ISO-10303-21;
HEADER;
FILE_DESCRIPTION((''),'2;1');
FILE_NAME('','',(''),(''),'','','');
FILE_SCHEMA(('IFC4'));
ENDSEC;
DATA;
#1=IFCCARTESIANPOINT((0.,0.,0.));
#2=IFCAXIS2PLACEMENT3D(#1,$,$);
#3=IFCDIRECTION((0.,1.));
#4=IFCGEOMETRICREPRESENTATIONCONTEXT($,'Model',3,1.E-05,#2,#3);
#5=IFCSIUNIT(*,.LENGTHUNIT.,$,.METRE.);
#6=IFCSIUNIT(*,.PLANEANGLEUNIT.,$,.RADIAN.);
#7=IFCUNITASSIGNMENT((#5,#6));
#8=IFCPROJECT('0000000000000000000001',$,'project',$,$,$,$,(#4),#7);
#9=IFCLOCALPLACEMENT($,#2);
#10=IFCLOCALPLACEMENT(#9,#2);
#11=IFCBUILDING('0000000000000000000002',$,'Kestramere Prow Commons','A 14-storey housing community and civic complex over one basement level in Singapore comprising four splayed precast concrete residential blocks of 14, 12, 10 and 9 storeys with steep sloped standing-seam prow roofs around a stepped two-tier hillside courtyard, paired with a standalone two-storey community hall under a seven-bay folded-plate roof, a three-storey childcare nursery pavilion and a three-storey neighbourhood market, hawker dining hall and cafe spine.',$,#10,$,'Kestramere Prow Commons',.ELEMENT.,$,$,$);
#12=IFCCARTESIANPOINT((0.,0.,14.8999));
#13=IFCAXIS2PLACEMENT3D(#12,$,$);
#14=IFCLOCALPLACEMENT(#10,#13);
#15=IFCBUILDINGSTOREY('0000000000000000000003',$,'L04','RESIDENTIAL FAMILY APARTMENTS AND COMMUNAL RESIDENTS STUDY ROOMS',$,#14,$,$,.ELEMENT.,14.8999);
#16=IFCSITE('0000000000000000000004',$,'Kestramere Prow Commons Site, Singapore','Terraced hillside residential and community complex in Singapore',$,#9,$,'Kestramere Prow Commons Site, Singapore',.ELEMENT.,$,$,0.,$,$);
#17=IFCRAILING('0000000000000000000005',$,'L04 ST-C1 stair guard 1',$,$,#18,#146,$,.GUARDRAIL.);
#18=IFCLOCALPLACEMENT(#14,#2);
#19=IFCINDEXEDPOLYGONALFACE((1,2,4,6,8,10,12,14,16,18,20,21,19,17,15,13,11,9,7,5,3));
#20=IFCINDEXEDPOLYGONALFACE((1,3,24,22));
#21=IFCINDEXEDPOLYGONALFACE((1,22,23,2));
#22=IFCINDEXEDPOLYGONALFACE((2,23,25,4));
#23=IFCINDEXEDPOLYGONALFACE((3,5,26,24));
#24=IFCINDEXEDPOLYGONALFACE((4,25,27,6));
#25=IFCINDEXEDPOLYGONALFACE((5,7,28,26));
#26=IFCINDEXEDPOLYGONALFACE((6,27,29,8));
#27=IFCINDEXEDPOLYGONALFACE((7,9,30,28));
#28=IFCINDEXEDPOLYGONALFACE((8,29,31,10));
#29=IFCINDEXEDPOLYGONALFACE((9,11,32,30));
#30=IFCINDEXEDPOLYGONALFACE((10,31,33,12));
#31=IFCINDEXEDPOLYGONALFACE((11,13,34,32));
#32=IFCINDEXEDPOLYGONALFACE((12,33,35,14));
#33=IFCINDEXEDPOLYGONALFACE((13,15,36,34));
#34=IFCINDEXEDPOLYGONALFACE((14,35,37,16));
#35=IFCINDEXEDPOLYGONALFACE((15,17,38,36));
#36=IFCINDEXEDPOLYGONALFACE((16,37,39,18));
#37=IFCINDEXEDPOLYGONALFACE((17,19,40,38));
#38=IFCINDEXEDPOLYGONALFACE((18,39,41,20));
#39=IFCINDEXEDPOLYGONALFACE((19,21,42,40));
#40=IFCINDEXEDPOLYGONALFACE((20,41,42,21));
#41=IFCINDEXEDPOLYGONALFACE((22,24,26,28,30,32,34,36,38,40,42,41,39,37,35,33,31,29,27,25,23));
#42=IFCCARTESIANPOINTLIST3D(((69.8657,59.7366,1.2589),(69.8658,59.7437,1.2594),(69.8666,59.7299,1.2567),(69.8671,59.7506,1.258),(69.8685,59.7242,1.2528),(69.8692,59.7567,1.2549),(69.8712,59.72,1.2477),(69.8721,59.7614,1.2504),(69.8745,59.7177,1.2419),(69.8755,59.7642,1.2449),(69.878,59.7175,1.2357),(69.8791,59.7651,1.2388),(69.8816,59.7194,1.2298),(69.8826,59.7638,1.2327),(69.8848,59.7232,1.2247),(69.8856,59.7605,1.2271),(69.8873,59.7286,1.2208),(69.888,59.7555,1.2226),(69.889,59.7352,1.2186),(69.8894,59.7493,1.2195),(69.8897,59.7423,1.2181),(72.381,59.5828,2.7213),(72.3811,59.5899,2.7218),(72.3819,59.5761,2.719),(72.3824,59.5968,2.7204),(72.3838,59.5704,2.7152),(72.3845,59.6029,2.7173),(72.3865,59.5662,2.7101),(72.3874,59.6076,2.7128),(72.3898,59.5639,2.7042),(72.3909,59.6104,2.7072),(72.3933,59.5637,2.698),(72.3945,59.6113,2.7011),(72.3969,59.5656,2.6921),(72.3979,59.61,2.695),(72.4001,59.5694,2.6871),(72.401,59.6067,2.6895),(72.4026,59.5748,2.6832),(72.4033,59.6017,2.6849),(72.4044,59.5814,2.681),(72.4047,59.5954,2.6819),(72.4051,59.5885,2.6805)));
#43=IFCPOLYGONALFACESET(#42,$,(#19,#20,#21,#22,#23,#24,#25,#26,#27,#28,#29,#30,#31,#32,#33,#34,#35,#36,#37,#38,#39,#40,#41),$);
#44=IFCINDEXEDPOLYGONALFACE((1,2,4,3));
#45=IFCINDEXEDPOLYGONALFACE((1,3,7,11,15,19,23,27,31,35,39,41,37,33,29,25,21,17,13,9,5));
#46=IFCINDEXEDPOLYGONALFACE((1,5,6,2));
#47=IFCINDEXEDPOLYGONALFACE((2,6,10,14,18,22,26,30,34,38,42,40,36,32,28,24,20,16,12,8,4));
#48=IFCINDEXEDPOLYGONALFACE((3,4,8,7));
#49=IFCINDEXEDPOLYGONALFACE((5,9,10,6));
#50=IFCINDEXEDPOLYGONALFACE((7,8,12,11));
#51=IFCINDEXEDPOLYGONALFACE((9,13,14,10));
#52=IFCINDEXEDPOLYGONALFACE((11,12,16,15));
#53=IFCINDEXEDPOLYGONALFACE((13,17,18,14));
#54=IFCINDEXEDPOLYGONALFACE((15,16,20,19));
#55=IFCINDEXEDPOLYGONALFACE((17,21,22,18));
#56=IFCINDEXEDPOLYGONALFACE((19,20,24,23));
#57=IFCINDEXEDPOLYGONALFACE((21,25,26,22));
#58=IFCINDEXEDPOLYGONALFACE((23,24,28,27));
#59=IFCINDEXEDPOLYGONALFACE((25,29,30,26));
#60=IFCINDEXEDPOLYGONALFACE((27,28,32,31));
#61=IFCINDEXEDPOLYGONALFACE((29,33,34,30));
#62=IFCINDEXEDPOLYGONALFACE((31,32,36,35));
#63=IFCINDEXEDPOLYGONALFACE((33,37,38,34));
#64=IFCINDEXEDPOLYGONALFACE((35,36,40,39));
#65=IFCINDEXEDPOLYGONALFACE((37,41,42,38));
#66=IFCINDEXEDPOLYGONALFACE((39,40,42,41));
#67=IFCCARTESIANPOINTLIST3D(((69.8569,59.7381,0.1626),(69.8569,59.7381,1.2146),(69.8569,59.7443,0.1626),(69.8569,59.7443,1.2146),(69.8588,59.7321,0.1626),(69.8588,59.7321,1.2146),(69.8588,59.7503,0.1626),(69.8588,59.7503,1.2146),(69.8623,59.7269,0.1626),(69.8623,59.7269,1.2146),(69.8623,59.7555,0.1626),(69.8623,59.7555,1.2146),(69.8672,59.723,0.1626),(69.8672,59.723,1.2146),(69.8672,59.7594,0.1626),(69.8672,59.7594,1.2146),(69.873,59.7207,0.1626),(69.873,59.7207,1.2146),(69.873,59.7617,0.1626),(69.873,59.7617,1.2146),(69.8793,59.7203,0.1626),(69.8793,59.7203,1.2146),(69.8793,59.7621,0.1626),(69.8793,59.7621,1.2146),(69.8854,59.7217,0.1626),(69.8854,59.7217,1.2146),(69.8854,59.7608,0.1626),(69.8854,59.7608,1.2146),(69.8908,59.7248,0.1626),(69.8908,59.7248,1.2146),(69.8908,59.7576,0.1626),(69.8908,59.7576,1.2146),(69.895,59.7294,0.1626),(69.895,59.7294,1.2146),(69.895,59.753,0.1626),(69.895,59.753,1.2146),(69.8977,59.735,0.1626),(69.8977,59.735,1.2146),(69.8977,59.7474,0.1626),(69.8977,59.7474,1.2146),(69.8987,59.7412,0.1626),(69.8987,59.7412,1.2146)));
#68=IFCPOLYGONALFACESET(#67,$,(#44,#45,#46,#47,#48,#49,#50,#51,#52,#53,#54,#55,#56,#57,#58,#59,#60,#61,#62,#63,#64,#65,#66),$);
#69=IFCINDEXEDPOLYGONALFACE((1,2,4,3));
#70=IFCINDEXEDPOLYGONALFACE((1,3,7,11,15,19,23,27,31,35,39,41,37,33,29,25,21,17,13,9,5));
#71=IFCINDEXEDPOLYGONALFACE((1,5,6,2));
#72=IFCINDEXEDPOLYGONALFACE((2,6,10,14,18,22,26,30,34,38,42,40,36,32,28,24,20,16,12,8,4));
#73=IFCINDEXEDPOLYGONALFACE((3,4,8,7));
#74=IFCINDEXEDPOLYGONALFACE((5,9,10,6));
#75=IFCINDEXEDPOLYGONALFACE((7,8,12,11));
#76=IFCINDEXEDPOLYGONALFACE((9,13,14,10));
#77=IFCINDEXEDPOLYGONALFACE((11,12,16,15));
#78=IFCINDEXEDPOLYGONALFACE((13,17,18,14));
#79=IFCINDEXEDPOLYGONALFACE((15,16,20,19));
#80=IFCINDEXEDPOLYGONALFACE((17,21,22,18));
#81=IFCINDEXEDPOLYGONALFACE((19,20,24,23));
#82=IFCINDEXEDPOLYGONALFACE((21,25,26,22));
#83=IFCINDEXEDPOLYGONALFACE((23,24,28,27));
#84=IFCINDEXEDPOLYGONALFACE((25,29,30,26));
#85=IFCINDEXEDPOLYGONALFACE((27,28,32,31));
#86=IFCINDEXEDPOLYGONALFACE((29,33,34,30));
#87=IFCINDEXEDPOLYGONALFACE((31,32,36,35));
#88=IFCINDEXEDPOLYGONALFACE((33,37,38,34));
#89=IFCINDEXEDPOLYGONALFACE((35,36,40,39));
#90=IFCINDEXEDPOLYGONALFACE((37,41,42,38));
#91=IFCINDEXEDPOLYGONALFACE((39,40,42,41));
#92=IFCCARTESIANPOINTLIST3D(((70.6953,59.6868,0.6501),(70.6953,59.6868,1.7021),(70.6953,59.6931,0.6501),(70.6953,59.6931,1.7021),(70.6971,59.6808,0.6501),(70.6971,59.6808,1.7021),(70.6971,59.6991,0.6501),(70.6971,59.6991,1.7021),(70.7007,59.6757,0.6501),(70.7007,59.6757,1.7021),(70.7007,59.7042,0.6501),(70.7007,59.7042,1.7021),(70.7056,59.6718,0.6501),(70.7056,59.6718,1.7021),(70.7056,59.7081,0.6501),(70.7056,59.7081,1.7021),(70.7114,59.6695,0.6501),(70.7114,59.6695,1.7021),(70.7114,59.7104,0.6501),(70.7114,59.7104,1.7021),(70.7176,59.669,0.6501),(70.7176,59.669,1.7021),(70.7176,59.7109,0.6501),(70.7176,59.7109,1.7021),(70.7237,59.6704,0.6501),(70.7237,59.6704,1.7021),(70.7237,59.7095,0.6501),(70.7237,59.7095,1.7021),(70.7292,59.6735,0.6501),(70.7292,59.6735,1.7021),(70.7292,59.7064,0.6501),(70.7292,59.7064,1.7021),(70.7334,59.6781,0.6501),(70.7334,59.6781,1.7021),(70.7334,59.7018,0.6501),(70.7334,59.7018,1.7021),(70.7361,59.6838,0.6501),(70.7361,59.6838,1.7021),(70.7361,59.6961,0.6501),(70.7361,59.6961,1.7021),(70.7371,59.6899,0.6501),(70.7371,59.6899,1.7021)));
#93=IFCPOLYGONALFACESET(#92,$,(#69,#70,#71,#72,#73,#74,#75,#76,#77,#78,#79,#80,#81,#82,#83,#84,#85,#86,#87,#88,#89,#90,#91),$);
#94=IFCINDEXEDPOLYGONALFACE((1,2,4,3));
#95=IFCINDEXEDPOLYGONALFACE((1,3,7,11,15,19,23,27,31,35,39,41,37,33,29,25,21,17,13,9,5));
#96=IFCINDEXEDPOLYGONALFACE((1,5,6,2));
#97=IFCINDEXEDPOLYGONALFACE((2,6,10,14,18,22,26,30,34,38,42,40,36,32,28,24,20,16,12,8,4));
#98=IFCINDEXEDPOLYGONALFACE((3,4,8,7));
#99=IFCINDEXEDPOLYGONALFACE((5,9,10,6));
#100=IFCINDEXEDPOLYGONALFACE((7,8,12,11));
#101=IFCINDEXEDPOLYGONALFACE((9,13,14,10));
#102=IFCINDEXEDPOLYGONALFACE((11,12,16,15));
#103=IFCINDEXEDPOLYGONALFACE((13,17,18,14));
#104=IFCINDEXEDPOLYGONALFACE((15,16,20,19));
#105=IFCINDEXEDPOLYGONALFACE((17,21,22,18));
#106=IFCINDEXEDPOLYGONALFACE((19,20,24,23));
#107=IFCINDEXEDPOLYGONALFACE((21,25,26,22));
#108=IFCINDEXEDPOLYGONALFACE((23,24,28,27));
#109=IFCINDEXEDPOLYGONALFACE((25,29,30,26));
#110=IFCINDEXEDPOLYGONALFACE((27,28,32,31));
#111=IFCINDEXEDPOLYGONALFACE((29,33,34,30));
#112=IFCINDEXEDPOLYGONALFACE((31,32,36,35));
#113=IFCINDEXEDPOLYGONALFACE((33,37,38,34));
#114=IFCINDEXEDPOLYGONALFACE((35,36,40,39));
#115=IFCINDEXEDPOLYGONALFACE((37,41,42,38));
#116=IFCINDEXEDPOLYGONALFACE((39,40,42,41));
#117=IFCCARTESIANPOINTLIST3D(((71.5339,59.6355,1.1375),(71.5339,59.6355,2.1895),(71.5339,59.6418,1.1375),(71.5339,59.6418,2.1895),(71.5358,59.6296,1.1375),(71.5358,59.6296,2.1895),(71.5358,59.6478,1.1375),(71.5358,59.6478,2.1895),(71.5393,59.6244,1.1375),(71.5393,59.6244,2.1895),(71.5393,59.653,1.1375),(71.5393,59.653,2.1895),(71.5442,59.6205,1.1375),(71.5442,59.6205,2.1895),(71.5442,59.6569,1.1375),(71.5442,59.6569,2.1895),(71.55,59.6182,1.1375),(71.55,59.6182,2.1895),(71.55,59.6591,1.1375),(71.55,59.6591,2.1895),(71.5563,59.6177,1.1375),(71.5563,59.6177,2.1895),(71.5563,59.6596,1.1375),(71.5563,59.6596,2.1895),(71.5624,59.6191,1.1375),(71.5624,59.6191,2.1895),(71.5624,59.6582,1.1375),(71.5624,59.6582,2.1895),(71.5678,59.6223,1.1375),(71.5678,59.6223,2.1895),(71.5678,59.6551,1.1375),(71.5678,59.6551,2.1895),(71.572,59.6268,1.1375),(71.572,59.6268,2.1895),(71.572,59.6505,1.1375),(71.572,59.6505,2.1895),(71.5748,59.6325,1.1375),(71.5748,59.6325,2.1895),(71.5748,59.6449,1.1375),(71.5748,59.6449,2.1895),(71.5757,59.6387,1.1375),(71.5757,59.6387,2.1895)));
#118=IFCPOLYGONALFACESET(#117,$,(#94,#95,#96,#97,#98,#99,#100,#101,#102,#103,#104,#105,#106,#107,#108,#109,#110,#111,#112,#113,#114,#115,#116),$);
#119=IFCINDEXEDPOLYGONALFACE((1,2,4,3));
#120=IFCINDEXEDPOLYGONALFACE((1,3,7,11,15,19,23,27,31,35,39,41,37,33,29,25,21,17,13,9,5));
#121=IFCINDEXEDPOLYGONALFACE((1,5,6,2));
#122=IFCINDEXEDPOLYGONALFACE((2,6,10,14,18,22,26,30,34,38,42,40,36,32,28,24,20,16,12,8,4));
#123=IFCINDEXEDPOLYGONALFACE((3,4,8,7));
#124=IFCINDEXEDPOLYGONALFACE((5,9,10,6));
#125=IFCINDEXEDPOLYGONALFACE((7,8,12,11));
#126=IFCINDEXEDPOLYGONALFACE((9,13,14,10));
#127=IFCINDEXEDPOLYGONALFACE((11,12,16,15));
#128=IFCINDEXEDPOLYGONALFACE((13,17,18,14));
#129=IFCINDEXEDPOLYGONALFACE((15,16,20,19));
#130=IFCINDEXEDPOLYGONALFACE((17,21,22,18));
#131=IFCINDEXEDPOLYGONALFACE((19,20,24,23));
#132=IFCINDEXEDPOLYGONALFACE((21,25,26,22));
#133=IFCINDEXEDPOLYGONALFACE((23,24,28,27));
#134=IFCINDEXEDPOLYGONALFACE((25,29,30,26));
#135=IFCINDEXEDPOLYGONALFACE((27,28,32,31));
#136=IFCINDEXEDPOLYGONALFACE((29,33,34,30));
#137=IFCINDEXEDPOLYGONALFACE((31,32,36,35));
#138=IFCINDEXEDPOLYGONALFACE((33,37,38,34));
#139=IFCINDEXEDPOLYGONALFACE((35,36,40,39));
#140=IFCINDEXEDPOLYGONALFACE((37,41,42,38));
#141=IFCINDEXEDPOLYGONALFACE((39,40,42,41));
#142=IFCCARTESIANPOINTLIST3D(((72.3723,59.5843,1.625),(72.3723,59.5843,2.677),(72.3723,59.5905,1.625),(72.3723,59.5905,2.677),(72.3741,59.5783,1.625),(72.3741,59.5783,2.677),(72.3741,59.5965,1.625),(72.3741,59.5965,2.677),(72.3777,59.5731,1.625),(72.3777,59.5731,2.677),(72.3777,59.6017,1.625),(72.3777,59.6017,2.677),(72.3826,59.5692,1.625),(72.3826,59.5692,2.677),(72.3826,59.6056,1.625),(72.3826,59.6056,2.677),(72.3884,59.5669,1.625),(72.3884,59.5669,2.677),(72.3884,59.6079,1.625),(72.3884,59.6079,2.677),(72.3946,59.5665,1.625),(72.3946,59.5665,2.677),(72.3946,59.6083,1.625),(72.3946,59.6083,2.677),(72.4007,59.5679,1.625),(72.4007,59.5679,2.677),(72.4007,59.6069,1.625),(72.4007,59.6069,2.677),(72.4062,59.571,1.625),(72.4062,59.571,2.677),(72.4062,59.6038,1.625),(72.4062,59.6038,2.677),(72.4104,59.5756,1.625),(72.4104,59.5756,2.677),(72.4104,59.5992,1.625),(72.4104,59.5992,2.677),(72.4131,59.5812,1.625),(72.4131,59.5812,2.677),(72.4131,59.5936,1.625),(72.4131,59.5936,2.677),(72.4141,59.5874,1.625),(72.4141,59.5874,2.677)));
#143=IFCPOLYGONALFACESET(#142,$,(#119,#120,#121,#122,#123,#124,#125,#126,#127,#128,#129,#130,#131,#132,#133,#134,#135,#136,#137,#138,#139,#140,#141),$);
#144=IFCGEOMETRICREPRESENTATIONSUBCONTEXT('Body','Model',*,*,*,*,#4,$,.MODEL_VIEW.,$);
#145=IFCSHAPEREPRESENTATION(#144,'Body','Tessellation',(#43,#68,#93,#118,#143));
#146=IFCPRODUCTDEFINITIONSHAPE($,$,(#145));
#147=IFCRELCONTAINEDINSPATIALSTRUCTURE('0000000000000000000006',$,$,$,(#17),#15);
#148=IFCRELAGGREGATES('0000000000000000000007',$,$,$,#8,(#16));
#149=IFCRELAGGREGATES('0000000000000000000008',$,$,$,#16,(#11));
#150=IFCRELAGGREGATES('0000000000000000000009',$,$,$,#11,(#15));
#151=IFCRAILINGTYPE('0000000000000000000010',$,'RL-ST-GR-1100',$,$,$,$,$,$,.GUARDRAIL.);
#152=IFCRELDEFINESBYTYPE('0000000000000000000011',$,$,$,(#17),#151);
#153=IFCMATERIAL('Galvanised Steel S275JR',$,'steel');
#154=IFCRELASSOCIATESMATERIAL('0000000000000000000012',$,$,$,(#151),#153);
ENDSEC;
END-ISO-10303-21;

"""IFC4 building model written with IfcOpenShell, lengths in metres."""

from ifc_helpers import new_model, si_unit, direction, frame, origin, origin_2d, place, context, subcontext, project, spatial, circle, extrude, material, type_object, element, save


model = new_model("IFC4")

# Units and contexts
model_context = context("Model", 3, precision=1e-05, world=origin(), true_north=direction((0.0, 1.0)))
body_context = subcontext(model_context, "Body", "Model", "MODEL_VIEW")
ifc_project = project(units=[si_unit("LENGTHUNIT", "METRE"), si_unit("PLANEANGLEUNIT", "RADIAN")], contexts=[model_context])

# Site, building, storey
site_placement = place(None, origin())
site = spatial("IfcSite", under=ifc_project, at=site_placement, Name="Kestramere Prow Commons Site, Singapore", Description="Terraced hillside residential and community complex in Singapore", LongName="Kestramere Prow Commons Site, Singapore", CompositionType="ELEMENT", RefElevation=0.0)
building_placement = place(site_placement, origin())
building = spatial("IfcBuilding", under=site, at=building_placement, Name="Kestramere Prow Commons", Description="A 14-storey housing community and civic complex over one basement level in Singapore comprising four splayed precast concrete residential blocks of 14, 12, 10 and 9 storeys with steep sloped standing-seam prow roofs around a stepped two-tier hillside courtyard, paired with a standalone two-storey community hall under a seven-bay folded-plate roof, a three-storey childcare nursery pavilion and a three-storey neighbourhood market, hawker dining hall and cafe spine.", LongName="Kestramere Prow Commons", CompositionType="ELEMENT")
storey_placement = place(building_placement, frame((0.0, 0.0, 14.8999)))
storey = spatial("IfcBuildingStorey", under=building, at=storey_placement, Name="L04", Description="RESIDENTIAL FAMILY APARTMENTS AND COMMUNAL RESIDENTS STUDY ROOMS", CompositionType="ELEMENT", Elevation=14.8999)

# Railing
ifc_material_1 = material(Name="Galvanised Steel S275JR", Category="steel")
railing_type_1 = type_object("IfcRailingType", Name="RL-ST-GR-1100", PredefinedType="GUARDRAIL", material=ifc_material_1)
railing_1_placement = place(storey_placement, frame((69.8777, 59.7412, 0.1626)))
element("IfcRailing", 1, at=railing_1_placement, inside=storey, type_object=railing_type_1, Name="L04 ST-C1 stair guard 1", PredefinedType="GUARDRAIL", context=body_context, shape_type="SweptSolid", body=[
    extrude(circle(Radius=0.0239, at=origin_2d()), frame((0.0, 0.0, 1.0762), z_axis=(0.863306, -0.052789, 0.501912), x_axis=(0.061033, 0.998136, 0.0)), (0.0, 0.0, 1.0), 2.9136),
    extrude(circle(Radius=0.021, at=origin_2d()), origin(), (0.0, 0.0, 1.0), 1.052),
    extrude(circle(Radius=0.021, at=origin_2d()), frame((0.8384, -0.0513, 0.4875)), (0.0, 0.0, 1.0), 1.052),
    extrude(circle(Radius=0.021, at=origin_2d()), frame((1.677, -0.1025, 0.9749)), (0.0, 0.0, 1.0), 1.052),
    extrude(circle(Radius=0.021, at=origin_2d()), frame((2.5154, -0.1538, 1.4624)), (0.0, 0.0, 1.0), 1.052),
])

save(model, "model.ifc")
